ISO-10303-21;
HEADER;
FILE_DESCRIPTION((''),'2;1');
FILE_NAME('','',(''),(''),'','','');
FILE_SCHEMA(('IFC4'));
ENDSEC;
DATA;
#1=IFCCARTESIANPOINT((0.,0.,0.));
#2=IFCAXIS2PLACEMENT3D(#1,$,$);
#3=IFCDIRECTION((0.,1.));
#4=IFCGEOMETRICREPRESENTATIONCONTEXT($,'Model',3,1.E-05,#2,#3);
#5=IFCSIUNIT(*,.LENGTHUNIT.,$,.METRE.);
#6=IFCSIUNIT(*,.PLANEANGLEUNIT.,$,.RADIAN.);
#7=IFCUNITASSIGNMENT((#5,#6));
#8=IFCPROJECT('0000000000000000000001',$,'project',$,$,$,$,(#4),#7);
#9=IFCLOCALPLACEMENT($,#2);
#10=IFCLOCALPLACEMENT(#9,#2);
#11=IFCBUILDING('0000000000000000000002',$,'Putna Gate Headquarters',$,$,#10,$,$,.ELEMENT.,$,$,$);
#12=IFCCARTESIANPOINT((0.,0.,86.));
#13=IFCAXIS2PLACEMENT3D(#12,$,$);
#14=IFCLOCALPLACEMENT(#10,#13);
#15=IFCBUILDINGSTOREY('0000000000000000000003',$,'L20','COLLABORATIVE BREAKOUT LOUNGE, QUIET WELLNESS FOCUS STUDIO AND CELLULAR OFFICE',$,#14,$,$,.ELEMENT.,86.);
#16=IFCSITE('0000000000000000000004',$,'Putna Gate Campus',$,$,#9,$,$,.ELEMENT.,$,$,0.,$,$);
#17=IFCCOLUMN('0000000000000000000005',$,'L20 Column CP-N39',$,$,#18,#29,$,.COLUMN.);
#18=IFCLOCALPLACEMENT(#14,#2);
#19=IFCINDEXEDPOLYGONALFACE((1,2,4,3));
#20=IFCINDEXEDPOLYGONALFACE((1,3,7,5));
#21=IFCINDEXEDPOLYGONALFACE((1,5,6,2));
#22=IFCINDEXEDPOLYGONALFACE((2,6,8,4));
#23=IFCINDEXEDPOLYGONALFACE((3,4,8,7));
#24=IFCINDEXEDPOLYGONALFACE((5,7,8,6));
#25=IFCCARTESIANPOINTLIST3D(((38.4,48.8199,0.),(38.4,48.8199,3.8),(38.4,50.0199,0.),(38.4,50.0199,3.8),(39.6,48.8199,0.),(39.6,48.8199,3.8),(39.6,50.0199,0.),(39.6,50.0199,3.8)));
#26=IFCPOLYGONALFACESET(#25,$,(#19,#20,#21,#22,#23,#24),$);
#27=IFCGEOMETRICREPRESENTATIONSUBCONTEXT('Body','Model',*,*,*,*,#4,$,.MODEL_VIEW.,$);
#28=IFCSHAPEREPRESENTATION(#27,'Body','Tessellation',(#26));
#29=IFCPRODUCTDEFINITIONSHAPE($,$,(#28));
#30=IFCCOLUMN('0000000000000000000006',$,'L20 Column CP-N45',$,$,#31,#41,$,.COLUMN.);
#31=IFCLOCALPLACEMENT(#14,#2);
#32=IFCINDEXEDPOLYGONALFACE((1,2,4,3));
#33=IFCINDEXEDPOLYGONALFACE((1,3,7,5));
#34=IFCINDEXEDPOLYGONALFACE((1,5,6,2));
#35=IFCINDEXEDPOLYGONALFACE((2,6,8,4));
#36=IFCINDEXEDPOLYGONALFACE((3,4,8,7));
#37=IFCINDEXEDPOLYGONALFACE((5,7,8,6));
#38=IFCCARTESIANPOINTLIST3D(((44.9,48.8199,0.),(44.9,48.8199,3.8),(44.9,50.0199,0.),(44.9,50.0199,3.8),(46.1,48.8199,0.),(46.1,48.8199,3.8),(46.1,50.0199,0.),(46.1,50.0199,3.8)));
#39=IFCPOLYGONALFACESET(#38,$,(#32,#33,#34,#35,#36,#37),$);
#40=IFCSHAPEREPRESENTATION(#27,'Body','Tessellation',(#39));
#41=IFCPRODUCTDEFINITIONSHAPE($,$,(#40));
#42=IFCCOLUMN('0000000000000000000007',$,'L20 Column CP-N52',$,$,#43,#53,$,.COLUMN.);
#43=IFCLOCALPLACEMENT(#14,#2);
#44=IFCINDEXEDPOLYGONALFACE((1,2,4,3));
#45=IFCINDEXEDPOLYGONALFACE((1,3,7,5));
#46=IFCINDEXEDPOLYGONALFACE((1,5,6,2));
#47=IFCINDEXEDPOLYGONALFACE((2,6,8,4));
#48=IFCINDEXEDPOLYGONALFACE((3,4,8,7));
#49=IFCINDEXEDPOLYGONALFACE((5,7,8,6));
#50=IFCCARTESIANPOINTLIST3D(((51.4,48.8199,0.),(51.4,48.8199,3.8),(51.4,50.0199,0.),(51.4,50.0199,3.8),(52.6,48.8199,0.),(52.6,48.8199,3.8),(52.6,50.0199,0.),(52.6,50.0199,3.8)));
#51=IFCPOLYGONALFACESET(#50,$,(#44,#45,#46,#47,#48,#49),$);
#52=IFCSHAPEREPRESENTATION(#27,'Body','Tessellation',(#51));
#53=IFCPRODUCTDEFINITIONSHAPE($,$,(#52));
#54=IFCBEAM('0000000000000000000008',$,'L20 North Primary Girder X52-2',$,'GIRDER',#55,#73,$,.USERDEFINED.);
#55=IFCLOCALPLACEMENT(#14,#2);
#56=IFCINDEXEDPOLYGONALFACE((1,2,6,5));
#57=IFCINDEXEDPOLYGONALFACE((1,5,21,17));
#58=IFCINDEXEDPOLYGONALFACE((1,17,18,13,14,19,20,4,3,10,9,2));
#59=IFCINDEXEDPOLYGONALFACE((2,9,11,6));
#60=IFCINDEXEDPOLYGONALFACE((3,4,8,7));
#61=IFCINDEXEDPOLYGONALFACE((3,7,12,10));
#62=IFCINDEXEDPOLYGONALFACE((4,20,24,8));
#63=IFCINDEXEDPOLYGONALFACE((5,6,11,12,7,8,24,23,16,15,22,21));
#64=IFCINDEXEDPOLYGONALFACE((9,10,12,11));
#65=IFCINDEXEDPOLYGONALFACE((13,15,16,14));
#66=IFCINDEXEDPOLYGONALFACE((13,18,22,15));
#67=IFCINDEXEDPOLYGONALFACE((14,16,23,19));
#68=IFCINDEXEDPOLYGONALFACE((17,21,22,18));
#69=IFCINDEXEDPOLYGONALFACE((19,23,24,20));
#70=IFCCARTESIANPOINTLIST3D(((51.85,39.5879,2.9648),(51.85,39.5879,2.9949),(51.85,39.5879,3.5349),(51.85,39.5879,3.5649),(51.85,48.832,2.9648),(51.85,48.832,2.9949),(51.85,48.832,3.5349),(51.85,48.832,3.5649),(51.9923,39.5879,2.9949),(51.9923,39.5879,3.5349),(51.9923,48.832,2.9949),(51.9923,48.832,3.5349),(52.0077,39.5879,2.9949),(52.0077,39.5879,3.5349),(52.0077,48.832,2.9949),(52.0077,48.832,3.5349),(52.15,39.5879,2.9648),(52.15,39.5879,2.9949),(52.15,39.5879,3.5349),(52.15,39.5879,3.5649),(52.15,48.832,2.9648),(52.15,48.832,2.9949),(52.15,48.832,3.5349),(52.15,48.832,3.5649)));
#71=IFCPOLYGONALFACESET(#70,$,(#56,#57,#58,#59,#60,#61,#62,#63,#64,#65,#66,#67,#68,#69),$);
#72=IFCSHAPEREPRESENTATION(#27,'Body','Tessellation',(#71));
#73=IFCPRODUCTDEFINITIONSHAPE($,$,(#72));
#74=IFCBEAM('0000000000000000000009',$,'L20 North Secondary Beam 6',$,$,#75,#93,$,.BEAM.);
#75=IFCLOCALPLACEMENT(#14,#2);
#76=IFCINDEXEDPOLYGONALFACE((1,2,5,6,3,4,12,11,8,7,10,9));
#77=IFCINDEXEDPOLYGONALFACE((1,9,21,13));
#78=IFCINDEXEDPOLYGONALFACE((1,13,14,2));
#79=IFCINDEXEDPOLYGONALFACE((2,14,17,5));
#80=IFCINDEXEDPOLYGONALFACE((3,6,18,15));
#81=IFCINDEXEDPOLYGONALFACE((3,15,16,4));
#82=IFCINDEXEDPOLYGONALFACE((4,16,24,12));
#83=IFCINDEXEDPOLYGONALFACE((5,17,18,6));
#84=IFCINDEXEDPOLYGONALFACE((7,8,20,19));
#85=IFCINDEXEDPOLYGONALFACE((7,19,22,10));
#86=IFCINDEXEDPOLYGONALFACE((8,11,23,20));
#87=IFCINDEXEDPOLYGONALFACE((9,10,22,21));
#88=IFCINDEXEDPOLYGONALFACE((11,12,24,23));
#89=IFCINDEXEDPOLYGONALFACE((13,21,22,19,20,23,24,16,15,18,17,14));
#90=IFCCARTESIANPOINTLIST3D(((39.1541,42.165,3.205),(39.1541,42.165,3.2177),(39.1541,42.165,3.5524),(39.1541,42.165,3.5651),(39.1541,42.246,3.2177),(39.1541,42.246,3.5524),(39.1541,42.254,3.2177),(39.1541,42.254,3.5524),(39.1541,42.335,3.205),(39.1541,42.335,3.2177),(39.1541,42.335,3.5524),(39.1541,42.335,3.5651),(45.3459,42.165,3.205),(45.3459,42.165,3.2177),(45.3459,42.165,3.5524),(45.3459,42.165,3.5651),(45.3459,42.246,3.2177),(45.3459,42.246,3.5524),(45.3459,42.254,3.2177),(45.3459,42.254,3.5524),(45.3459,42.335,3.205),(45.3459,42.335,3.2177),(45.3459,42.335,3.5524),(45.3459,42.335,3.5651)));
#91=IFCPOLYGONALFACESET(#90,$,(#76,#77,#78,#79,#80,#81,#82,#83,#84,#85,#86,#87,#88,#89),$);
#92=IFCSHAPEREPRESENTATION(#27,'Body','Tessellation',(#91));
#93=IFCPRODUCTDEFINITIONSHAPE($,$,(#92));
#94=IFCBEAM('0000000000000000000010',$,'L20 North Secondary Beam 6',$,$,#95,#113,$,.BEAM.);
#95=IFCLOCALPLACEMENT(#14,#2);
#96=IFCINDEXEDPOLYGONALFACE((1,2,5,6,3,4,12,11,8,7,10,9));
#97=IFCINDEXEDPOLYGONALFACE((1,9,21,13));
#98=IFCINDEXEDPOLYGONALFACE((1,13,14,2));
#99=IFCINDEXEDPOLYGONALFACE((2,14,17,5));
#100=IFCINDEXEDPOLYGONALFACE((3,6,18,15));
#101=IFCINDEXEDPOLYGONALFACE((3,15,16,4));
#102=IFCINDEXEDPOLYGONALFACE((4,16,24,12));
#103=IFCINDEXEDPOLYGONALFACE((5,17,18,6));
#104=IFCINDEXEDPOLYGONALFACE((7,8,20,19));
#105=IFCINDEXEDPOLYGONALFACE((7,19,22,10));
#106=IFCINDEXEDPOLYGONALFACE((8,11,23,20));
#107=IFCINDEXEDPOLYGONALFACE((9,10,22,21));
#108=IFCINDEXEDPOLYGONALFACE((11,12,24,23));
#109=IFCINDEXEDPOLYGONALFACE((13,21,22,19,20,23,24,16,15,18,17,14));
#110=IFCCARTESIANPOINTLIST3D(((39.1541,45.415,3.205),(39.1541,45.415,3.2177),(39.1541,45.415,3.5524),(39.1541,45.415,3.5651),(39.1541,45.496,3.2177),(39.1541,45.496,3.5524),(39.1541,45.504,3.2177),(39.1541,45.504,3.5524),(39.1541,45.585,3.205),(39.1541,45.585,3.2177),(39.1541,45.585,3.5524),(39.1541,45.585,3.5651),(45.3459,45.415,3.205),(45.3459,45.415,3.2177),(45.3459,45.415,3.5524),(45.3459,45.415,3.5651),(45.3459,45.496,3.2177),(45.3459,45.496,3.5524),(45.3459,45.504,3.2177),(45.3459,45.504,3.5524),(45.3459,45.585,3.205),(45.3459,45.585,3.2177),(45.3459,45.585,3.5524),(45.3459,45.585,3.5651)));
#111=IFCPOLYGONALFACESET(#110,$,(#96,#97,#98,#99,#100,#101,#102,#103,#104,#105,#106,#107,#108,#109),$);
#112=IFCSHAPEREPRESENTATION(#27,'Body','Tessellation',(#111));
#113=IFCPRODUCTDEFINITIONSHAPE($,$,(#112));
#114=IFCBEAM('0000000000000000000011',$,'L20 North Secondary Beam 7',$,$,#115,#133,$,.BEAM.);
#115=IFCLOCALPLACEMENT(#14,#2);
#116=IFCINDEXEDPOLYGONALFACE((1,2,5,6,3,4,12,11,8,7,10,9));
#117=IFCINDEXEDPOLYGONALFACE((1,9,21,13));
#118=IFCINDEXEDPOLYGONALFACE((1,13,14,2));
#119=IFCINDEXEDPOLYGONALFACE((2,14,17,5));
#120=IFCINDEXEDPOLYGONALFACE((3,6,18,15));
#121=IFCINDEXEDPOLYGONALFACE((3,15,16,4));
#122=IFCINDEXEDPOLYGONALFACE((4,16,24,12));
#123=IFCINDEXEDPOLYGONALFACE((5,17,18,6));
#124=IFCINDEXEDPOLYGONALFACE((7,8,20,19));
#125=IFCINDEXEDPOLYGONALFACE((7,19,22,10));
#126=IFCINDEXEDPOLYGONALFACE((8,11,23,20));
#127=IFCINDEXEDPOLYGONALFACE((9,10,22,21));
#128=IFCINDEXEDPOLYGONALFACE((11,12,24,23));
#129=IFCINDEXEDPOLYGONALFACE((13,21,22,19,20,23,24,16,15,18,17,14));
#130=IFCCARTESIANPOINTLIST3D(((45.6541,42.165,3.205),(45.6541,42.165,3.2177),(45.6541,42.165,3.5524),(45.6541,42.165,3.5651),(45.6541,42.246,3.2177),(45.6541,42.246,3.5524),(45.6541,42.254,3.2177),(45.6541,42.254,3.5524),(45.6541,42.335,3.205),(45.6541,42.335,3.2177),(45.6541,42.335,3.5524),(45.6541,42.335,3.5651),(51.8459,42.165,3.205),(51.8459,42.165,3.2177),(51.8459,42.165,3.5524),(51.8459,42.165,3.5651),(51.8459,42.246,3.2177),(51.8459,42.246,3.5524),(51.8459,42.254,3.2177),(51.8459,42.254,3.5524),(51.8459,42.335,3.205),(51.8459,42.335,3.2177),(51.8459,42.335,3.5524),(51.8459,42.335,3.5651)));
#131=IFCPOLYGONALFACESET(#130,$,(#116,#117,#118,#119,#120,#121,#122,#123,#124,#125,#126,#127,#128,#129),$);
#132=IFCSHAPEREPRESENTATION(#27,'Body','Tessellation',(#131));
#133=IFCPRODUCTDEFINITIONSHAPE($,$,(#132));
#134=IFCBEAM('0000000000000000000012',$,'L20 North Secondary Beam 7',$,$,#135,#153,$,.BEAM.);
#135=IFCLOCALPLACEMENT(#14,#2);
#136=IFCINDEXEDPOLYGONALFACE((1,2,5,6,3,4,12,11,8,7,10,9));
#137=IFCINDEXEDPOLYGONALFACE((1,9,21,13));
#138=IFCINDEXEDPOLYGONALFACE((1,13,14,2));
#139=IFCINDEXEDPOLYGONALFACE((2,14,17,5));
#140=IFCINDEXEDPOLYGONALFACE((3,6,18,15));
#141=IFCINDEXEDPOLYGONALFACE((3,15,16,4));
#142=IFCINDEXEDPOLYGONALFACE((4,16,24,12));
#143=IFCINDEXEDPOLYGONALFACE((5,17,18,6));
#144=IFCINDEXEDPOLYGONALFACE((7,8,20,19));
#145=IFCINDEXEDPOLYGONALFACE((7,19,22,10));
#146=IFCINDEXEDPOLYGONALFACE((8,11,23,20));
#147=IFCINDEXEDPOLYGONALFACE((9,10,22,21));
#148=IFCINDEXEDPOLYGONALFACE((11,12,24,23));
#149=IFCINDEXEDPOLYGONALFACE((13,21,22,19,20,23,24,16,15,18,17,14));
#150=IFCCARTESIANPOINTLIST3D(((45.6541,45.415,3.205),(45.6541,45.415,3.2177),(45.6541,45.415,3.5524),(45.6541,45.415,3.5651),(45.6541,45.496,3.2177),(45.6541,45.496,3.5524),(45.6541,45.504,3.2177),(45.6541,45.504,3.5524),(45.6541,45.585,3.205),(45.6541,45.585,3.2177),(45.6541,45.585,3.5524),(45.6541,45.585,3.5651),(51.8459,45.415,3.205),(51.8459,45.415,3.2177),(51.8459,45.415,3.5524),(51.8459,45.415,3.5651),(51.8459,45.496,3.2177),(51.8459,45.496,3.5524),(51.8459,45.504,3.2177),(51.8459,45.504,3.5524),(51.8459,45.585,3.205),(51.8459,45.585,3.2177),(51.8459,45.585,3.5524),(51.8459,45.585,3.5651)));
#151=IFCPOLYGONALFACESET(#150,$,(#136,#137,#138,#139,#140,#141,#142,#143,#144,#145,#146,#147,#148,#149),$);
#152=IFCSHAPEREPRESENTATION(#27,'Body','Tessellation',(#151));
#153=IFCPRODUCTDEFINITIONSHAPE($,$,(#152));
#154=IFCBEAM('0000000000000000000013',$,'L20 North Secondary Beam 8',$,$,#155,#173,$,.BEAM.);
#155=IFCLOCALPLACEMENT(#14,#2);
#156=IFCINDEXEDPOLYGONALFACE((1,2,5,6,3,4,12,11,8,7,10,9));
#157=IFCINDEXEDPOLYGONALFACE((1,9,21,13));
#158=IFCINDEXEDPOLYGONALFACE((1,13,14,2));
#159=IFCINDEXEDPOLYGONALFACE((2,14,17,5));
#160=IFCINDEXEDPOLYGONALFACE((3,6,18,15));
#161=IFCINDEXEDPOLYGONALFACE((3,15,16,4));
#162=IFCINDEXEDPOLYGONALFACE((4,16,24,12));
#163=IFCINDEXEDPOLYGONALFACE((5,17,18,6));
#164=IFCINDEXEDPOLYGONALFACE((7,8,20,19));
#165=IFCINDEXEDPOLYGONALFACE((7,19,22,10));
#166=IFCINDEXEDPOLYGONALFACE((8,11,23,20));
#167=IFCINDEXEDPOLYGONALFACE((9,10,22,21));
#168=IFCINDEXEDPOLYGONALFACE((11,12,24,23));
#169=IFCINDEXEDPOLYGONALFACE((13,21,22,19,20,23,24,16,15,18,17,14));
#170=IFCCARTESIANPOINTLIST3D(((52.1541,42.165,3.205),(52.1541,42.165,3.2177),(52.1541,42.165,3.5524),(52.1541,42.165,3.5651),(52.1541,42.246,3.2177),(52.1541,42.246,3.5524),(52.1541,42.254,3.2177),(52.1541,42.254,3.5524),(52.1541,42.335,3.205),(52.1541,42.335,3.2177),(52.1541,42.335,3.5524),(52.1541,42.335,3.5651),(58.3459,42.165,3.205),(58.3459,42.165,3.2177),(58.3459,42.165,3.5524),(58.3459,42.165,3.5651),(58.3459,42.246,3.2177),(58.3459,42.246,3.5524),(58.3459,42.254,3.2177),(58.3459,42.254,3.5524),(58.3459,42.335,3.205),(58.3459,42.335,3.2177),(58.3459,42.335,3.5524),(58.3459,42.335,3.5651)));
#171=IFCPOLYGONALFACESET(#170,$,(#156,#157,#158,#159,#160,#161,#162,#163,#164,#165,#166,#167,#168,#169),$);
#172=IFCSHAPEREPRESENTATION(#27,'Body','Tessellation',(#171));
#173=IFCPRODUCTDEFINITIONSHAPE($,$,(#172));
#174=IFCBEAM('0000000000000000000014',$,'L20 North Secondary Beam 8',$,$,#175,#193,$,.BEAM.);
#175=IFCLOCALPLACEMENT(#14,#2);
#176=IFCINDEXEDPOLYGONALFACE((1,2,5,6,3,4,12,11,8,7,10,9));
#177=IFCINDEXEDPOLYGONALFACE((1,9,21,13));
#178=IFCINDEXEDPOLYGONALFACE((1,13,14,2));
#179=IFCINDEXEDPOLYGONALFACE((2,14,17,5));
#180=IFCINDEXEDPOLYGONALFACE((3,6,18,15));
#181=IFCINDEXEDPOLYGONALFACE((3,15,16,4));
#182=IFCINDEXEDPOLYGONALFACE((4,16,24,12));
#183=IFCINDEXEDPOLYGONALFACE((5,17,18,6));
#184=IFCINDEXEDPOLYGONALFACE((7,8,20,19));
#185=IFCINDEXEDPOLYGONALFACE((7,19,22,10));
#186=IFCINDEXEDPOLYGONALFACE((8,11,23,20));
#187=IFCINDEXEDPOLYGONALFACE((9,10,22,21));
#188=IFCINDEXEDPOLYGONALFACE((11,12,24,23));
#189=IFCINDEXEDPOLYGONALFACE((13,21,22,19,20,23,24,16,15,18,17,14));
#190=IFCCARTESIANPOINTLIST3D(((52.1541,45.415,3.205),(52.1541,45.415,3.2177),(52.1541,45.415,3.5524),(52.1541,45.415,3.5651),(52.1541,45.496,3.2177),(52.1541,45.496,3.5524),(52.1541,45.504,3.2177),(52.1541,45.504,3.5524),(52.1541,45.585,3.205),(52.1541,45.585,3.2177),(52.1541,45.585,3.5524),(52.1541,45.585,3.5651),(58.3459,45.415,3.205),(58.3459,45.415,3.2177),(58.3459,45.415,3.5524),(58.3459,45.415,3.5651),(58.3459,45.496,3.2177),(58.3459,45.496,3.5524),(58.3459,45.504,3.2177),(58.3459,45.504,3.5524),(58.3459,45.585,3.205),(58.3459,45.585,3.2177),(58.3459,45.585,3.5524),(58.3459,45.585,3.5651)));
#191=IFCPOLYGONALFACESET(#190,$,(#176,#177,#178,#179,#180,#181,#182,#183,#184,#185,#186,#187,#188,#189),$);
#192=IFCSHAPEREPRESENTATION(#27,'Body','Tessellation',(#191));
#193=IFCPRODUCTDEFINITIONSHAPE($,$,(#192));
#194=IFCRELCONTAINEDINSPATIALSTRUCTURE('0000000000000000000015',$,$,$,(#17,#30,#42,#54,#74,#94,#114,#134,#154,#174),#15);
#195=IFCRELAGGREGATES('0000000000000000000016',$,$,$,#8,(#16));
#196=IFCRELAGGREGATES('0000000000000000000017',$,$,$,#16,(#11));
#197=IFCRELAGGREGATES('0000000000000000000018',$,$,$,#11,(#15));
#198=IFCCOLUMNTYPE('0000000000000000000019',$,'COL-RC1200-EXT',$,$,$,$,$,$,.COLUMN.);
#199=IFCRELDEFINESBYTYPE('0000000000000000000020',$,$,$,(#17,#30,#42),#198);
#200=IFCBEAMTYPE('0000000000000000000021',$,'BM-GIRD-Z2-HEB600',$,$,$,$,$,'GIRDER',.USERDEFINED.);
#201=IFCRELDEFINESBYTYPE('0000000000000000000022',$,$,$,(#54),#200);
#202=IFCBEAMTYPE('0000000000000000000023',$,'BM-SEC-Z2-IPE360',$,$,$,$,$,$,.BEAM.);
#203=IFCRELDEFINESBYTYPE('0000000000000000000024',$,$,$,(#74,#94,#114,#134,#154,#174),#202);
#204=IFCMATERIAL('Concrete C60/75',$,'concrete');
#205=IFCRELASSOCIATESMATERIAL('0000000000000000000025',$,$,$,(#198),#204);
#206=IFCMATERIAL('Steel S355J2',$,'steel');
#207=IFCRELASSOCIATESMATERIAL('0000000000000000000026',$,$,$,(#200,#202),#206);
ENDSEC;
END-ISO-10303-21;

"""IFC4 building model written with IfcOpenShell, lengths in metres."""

from ifc_helpers import new_model, si_unit, direction, frame, origin, origin_2d, place, context, subcontext, project, spatial, rectangle, i_section, extrude, material, material_profile, profile_set, type_object, element, save


model = new_model("IFC4")

# Units and contexts
model_context = context("Model", 3, precision=1e-05, world=origin(), true_north=direction((0.0, 1.0)))
body_context = subcontext(model_context, "Body", "Model", "MODEL_VIEW")
ifc_project = project(units=[si_unit("LENGTHUNIT", "METRE"), si_unit("PLANEANGLEUNIT", "RADIAN")], contexts=[model_context])

# Site, building, storey
site_placement = place(None, origin())
site = spatial("IfcSite", under=ifc_project, at=site_placement, Name="Putna Gate Campus", CompositionType="ELEMENT", RefElevation=0.0)
building_placement = place(site_placement, origin())
building = spatial("IfcBuilding", under=site, at=building_placement, Name="Putna Gate Headquarters", CompositionType="ELEMENT")
storey_placement = place(building_placement, frame((0.0, 0.0, 86.0)))
storey = spatial("IfcBuildingStorey", under=building, at=storey_placement, Name="L20", Description="COLLABORATIVE BREAKOUT LOUNGE, QUIET WELLNESS FOCUS STUDIO AND CELLULAR OFFICE", CompositionType="ELEMENT", Elevation=86.0)

# Columns
ifc_material_1 = material(Name="Concrete C60/75", Category="concrete")
ifc_material_profile_1 = material_profile(ifc_material_1, rectangle(XDim=1.2, YDim=1.2, at=origin_2d()), Name="Concrete C60/75")
ifc_profile_set_1 = profile_set([ifc_material_profile_1], Name="Concrete C60/75")
column_type = type_object("IfcColumnType", Name="COL-RC1200-EXT", PredefinedType="COLUMN", material=ifc_profile_set_1)
for number, where, z_axis, x_axis, name in (
    (1, (39.0, 49.4199, 0.0), (0.0, 0.0, 1.0), (1.0, 0.0, 0.0), "L20 Column CP-N39"),
    (2, (45.5, 49.4199, 0.0), (0.0, 0.0, 1.0), (1.0, 0.0, 0.0), "L20 Column CP-N45"),
    (3, (52.0, 49.4199, 0.0), (0.0, 0.0, 1.0), (1.0, 0.0, 0.0), "L20 Column CP-N52"),
):
    element("IfcColumn", number, at=place(storey_placement, frame(where, z_axis=z_axis, x_axis=x_axis)), inside=storey, type_object=column_type, Name=name, PredefinedType="COLUMN", context=body_context, shape_type="SweptSolid", body=[
        extrude(rectangle(XDim=1.2, YDim=1.2, at=origin_2d()), origin(), (0.0, 0.0, 1.0), 3.8),
    ])

# Beams
ifc_material_2 = material(Name="Steel S355J2", Category="steel")
ifc_material_profile_2 = material_profile(ifc_material_2, i_section(OverallWidth=0.3, OverallDepth=0.6001, WebThickness=0.0154, FlangeThickness=0.03, at=origin_2d()), Name="Steel S355J2")
ifc_profile_set_2 = profile_set([ifc_material_profile_2], Name="Steel S355J2")
beam_type_1 = type_object("IfcBeamType", Name="BM-GIRD-Z2-HEB600", ElementType="GIRDER", PredefinedType="USERDEFINED", material=ifc_profile_set_2)
beam_placement = place(storey_placement, frame((52.0, 39.5879, 3.2649), z_axis=(0.0, 1.0, 0.0), x_axis=(-1.0, 0.0, 0.0)))
element("IfcBeam", 4, at=beam_placement, inside=storey, type_object=beam_type_1, Name="L20 North Primary Girder X52-2", ObjectType="GIRDER", PredefinedType="USERDEFINED", context=body_context, shape_type="SweptSolid", body=[
    extrude(i_section(OverallWidth=0.3, OverallDepth=0.6001, WebThickness=0.0154, FlangeThickness=0.03, at=origin_2d()), origin(), (0.0, 0.0, 1.0), 9.2441),
])
ifc_material_profile_3 = material_profile(ifc_material_2, i_section(OverallWidth=0.1699, OverallDepth=0.3601, WebThickness=0.0081, FlangeThickness=0.0127, at=origin_2d()), Name="Steel S355J2")
ifc_profile_set_3 = profile_set([ifc_material_profile_3], Name="Steel S355J2")
beam_type_2 = type_object("IfcBeamType", Name="BM-SEC-Z2-IPE360", PredefinedType="BEAM", material=ifc_profile_set_3)
for number, where, z_axis, x_axis, name in (
    (5, (39.1541, 42.25, 3.385), (1.0, 0.0, 0.0), (0.0, 1.0, 0.0), "L20 North Secondary Beam 6"),
    (6, (39.1541, 45.5, 3.385), (1.0, 0.0, 0.0), (0.0, 1.0, 0.0), "L20 North Secondary Beam 6"),
    (7, (45.6541, 42.25, 3.385), (1.0, 0.0, 0.0), (0.0, 1.0, 0.0), "L20 North Secondary Beam 7"),
    (8, (45.6541, 45.5, 3.385), (1.0, 0.0, 0.0), (0.0, 1.0, 0.0), "L20 North Secondary Beam 7"),
    (9, (52.1541, 42.25, 3.385), (1.0, 0.0, 0.0), (0.0, 1.0, 0.0), "L20 North Secondary Beam 8"),
    (10, (52.1541, 45.5, 3.385), (1.0, 0.0, 0.0), (0.0, 1.0, 0.0), "L20 North Secondary Beam 8"),
):
    element("IfcBeam", number, at=place(storey_placement, frame(where, z_axis=z_axis, x_axis=x_axis)), inside=storey, type_object=beam_type_2, Name=name, PredefinedType="BEAM", context=body_context, shape_type="SweptSolid", body=[
        extrude(i_section(OverallWidth=0.1699, OverallDepth=0.3601, WebThickness=0.0081, FlangeThickness=0.0127, at=origin_2d()), origin(), (0.0, 0.0, 1.0), 6.1919),
    ])

save(model, "model.ifc")
